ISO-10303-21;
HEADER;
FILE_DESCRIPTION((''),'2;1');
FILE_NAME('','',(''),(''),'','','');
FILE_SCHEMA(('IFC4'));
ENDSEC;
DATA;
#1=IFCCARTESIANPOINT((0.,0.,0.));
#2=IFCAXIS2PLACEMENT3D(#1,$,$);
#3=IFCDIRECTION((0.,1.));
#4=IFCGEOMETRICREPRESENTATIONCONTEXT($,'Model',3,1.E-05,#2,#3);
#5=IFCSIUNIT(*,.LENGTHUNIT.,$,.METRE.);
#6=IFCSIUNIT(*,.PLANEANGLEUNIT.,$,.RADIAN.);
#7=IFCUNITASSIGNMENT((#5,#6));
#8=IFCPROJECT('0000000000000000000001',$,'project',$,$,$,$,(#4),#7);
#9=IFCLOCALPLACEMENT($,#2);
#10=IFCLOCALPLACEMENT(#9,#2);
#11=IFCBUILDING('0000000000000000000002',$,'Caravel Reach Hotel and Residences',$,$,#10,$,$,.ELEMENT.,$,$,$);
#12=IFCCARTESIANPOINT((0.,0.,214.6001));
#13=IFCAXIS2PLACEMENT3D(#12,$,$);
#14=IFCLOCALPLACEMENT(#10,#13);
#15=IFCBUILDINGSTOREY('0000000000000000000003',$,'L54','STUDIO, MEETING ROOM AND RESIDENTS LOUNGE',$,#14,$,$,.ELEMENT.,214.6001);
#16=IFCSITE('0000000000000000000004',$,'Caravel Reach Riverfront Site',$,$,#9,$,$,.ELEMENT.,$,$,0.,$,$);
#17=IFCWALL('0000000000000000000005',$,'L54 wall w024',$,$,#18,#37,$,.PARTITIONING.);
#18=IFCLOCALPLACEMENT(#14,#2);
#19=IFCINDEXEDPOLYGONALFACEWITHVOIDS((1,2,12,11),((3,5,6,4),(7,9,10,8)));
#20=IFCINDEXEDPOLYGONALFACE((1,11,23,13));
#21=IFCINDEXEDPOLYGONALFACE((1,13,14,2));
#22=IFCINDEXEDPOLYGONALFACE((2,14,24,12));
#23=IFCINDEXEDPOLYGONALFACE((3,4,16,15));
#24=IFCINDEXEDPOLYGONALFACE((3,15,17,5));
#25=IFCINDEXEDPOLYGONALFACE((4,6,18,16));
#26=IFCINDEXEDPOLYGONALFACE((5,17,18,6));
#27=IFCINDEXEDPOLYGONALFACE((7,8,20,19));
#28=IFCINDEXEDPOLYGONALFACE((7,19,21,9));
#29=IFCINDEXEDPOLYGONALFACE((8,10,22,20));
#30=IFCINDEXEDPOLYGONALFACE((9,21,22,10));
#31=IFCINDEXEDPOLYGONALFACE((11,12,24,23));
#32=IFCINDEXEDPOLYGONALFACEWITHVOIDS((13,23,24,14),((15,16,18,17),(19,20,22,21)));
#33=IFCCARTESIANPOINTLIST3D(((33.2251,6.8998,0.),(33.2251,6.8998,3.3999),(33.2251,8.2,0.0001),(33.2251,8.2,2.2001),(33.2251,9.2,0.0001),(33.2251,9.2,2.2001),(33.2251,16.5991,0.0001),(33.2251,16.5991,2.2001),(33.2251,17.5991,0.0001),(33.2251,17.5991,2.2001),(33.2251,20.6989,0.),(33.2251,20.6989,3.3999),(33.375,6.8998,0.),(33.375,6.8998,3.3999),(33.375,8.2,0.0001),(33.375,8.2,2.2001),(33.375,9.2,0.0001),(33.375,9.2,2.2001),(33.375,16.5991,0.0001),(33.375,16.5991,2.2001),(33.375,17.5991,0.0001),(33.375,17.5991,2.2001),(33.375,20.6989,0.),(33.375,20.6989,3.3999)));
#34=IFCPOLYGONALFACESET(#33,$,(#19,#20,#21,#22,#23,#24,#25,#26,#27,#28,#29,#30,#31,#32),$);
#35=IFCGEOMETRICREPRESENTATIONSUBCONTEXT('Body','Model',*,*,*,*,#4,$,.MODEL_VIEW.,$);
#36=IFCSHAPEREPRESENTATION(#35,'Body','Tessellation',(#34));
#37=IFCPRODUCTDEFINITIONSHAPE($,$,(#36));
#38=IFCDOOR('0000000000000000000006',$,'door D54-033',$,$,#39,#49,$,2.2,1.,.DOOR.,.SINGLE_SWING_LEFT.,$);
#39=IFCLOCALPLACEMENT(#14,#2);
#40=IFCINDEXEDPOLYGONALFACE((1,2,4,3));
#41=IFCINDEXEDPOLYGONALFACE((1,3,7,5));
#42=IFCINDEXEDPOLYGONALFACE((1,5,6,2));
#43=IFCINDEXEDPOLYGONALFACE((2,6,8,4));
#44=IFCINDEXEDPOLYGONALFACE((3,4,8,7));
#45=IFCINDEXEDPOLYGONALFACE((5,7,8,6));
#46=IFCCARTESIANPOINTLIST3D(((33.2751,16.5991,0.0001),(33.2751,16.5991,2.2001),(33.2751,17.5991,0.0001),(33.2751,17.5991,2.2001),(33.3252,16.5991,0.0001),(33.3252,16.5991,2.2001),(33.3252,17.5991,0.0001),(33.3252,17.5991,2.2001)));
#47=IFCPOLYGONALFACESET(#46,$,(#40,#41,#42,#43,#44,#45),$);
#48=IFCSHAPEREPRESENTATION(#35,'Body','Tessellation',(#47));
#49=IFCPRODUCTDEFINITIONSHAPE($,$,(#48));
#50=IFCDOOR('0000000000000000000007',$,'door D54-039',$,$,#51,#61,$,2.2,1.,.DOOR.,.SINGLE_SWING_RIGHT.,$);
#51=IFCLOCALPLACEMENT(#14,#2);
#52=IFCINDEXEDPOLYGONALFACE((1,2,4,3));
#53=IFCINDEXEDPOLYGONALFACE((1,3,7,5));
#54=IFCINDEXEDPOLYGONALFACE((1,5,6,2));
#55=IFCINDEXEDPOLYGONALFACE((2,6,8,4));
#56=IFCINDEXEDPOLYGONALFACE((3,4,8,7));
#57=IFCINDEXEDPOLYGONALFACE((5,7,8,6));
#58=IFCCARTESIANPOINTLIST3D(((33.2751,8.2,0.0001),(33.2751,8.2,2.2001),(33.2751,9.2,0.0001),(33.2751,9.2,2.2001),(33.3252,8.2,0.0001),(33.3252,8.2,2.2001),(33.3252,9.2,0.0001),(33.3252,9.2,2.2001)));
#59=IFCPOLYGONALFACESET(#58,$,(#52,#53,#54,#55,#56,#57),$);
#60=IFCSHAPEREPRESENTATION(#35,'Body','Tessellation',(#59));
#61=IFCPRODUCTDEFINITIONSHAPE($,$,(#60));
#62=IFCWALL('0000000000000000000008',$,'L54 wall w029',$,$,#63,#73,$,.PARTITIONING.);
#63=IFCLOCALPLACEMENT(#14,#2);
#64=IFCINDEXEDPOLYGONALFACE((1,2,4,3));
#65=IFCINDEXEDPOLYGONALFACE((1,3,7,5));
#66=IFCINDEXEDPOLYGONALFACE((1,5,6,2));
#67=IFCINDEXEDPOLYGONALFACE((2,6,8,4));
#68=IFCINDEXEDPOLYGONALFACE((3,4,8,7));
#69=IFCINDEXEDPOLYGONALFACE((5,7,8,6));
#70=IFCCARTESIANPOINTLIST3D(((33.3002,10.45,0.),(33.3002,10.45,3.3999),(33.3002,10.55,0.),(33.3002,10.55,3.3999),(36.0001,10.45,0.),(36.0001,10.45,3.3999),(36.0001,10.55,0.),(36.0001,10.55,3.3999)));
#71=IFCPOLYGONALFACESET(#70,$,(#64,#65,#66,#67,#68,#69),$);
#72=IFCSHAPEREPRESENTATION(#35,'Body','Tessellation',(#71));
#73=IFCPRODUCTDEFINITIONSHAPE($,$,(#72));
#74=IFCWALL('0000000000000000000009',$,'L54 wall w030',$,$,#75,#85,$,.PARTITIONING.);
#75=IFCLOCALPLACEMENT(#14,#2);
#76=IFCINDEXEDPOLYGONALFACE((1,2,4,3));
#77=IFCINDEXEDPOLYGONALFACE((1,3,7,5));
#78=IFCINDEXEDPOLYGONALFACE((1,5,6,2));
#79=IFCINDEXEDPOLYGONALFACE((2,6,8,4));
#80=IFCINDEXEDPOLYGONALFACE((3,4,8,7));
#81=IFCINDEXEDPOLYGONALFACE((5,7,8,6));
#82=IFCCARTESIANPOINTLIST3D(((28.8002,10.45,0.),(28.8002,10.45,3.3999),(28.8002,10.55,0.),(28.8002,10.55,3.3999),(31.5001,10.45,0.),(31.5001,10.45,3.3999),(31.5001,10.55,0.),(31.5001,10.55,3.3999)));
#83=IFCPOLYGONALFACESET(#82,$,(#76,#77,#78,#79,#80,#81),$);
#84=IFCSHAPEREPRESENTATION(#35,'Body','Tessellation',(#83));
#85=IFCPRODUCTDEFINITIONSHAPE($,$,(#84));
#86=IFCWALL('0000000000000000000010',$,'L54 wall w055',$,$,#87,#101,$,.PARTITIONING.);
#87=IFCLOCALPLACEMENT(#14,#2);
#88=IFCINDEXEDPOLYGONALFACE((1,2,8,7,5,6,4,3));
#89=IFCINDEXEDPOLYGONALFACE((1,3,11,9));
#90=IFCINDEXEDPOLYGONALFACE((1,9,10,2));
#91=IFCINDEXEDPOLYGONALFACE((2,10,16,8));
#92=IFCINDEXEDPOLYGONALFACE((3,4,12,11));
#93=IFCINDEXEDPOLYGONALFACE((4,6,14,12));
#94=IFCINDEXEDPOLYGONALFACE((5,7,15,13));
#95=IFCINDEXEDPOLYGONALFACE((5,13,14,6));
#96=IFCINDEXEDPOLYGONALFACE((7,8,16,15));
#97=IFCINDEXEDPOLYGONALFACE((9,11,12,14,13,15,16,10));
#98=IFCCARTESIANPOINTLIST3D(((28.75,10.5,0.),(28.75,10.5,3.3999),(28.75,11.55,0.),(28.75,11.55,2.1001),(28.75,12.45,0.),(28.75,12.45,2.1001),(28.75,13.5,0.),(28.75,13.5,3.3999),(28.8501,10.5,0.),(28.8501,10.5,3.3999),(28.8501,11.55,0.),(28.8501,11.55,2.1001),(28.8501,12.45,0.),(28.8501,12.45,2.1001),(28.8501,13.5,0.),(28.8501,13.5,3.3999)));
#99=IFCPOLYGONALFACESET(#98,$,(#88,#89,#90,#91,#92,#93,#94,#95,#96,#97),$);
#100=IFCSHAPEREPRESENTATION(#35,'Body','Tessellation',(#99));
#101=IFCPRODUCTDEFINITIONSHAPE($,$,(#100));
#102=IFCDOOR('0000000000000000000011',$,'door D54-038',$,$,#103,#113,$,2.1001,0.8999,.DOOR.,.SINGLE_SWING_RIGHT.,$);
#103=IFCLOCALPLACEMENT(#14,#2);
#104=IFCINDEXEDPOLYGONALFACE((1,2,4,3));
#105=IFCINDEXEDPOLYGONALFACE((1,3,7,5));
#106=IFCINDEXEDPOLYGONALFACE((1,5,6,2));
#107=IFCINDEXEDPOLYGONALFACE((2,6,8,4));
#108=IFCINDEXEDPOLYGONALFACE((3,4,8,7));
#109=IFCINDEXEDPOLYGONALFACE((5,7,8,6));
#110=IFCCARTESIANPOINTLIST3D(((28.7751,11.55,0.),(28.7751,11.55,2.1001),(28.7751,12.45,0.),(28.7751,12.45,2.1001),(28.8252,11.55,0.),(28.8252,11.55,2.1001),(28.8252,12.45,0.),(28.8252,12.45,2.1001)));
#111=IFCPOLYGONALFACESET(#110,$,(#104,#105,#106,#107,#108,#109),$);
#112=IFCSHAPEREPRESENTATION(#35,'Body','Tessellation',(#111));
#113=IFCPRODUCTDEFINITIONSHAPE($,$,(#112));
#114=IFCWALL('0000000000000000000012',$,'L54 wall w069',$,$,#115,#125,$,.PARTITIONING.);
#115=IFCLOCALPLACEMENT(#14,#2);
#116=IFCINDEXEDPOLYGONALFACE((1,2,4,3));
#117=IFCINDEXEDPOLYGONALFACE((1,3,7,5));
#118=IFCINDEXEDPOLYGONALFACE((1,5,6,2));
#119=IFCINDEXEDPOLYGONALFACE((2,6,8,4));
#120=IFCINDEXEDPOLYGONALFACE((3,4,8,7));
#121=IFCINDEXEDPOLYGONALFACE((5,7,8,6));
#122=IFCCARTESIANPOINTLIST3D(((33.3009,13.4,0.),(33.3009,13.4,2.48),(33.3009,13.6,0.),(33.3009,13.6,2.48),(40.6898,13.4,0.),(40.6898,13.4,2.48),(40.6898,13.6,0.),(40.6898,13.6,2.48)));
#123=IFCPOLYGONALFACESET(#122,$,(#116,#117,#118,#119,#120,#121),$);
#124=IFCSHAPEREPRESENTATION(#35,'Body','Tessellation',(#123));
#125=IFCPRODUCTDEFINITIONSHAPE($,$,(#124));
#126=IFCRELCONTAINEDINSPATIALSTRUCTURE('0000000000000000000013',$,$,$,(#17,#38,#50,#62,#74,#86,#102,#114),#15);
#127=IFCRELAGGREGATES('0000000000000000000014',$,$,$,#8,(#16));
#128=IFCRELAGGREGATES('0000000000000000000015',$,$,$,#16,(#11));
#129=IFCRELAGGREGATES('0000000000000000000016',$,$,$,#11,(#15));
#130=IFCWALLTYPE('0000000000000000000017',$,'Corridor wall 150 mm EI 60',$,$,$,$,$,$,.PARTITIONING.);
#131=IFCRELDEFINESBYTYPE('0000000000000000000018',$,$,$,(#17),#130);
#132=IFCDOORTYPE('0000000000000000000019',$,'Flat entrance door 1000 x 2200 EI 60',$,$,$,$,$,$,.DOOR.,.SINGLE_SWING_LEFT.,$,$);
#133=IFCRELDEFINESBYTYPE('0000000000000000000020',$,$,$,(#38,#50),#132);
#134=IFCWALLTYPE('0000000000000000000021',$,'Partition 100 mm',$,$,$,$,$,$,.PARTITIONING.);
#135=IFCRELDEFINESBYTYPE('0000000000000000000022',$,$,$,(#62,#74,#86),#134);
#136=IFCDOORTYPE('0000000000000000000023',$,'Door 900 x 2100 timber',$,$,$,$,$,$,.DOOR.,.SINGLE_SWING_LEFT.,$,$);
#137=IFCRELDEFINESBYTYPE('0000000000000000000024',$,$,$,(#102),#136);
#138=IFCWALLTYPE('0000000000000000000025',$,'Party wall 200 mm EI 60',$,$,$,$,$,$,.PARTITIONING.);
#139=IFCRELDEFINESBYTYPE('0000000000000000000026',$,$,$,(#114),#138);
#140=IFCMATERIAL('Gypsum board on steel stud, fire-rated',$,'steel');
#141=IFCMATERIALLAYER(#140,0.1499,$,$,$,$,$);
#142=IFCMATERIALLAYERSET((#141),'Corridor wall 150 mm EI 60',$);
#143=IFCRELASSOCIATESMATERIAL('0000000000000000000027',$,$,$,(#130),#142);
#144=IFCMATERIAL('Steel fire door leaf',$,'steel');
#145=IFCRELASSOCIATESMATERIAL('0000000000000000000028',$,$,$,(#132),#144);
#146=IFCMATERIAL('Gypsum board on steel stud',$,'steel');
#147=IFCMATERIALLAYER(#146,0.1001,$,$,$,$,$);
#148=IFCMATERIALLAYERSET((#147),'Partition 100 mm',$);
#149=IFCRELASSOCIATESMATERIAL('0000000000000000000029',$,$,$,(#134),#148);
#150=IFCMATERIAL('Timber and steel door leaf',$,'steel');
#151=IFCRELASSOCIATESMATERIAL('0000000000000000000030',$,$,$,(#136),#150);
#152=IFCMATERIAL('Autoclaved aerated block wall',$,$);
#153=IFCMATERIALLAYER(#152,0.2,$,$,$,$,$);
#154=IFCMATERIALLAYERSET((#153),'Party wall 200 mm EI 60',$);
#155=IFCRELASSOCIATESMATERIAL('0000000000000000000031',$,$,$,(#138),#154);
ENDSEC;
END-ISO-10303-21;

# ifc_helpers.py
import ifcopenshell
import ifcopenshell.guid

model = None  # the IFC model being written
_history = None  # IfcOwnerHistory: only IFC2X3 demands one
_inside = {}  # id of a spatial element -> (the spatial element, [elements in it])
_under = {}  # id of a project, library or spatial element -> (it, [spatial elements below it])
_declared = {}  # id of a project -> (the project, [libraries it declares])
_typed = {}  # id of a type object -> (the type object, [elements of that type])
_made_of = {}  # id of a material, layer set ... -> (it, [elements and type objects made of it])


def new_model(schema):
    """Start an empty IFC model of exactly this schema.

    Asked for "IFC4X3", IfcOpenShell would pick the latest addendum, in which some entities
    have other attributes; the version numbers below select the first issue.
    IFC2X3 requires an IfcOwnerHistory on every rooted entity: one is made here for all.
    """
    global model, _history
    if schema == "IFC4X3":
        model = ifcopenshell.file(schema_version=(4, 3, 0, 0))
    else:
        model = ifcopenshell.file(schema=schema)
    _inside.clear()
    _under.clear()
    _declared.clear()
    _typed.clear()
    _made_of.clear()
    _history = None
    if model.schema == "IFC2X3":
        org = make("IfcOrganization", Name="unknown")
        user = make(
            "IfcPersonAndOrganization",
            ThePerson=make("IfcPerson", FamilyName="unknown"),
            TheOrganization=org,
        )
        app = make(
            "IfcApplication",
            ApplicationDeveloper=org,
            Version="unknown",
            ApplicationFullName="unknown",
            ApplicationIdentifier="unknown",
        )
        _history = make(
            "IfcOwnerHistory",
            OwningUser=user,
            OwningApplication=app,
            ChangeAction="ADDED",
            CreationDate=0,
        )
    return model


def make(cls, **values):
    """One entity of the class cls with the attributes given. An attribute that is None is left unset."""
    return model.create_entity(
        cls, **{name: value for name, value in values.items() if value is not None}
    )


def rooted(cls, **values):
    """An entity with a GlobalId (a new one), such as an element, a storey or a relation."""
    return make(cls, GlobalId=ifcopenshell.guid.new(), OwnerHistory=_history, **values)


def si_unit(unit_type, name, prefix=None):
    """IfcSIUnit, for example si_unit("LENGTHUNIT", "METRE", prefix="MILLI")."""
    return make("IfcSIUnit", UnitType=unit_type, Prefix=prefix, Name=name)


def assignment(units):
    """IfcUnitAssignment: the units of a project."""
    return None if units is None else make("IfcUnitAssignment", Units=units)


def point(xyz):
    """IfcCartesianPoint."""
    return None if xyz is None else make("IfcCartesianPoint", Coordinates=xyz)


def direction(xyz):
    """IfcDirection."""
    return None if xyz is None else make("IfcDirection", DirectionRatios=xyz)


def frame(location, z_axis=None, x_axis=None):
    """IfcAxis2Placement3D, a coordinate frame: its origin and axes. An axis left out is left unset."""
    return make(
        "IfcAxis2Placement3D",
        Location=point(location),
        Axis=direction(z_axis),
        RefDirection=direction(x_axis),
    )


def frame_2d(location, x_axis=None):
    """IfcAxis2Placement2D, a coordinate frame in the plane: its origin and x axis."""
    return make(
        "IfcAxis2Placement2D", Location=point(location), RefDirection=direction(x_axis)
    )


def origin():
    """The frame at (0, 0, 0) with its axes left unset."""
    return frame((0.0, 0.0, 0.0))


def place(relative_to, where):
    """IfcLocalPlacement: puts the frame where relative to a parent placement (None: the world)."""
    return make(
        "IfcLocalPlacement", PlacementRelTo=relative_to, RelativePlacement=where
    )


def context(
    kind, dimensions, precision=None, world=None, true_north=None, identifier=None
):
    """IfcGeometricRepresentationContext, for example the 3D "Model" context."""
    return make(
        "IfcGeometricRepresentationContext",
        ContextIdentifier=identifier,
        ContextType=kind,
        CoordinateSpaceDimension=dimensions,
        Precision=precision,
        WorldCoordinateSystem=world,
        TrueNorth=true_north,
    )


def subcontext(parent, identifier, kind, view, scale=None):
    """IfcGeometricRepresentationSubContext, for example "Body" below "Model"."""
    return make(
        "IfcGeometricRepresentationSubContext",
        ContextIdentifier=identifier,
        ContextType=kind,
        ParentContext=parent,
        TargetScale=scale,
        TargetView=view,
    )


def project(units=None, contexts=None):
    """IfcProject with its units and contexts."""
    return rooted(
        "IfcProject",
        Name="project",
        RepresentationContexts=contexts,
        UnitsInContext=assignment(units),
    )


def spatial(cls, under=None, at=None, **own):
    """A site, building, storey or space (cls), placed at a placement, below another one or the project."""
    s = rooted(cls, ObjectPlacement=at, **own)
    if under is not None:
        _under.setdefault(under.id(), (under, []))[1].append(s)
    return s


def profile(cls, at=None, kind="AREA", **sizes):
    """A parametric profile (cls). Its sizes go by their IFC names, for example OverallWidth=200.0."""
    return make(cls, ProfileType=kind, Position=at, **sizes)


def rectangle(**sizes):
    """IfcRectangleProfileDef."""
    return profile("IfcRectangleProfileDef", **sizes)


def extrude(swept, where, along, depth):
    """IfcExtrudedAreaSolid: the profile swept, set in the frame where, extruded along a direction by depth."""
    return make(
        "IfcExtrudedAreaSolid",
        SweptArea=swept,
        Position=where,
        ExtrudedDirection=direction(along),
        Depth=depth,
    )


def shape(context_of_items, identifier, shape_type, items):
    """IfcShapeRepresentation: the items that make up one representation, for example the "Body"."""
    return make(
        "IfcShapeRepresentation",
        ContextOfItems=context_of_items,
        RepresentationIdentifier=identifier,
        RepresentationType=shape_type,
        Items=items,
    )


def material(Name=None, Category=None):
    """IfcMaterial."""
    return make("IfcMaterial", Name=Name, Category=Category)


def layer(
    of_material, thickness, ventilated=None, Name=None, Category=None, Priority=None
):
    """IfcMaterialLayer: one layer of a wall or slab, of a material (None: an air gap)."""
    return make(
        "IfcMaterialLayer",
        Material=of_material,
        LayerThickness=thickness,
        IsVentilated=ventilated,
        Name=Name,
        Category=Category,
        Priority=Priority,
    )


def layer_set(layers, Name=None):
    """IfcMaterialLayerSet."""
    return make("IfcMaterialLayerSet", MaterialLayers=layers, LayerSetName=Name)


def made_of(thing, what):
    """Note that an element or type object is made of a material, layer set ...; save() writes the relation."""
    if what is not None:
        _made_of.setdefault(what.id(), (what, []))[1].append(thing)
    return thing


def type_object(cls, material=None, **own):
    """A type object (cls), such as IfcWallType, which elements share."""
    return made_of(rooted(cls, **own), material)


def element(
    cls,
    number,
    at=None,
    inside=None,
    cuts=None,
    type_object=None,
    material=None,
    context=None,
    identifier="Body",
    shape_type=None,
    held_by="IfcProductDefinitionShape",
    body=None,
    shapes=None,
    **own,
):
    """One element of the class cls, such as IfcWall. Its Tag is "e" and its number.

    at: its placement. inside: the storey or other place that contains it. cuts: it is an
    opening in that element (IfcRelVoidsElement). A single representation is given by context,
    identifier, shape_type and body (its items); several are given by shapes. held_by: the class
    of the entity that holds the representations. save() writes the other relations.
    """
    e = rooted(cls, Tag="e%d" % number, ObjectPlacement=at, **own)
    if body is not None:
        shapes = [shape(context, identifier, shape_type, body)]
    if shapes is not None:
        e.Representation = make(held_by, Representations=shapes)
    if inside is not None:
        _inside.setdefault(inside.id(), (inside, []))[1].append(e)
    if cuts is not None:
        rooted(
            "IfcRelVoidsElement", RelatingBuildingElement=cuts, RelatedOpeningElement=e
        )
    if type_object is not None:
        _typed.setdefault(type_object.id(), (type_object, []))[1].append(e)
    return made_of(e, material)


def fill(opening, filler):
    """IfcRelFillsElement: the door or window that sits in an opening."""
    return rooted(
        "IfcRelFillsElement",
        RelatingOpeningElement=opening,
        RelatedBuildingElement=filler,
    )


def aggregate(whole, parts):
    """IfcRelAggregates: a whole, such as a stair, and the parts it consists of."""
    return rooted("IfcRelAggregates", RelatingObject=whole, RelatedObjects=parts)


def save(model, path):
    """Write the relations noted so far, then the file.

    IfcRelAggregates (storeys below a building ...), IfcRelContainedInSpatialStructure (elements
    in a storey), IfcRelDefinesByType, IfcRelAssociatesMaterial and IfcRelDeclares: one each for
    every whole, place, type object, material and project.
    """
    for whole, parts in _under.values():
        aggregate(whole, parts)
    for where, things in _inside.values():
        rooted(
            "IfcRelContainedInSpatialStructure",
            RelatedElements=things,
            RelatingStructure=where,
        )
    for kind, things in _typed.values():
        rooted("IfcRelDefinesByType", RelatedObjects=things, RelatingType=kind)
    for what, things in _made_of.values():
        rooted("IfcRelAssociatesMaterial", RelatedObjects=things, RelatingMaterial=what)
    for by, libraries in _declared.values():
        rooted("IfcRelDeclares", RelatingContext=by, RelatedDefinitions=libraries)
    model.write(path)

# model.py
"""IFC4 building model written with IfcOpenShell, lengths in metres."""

from ifc_helpers import new_model, si_unit, direction, frame, frame_2d, origin, place, context, subcontext, project, spatial, rectangle, extrude, material, layer, layer_set, type_object, element, fill, save


model = new_model("IFC4")

# Units and contexts
model_context = context("Model", 3, precision=1e-05, world=origin(), true_north=direction((0.0, 1.0)))
body_context = subcontext(model_context, "Body", "Model", "MODEL_VIEW")
ifc_project = project(units=[si_unit("LENGTHUNIT", "METRE"), si_unit("PLANEANGLEUNIT", "RADIAN")], contexts=[model_context])

# Site, building, storey
site_placement = place(None, origin())
site = spatial("IfcSite", under=ifc_project, at=site_placement, Name="Caravel Reach Riverfront Site", CompositionType="ELEMENT", RefElevation=0.0)
building_placement = place(site_placement, origin())
building = spatial("IfcBuilding", under=site, at=building_placement, Name="Caravel Reach Hotel and Residences", CompositionType="ELEMENT")
storey_placement = place(building_placement, frame((0.0, 0.0, 214.6001)))
storey = spatial("IfcBuildingStorey", under=building, at=storey_placement, Name="L54", Description="STUDIO, MEETING ROOM AND RESIDENTS LOUNGE", CompositionType="ELEMENT", Elevation=214.6001)

# Shared definitions
ifc_material_1 = material(Name="Gypsum board on steel stud, fire-rated", Category="steel")
ifc_layer_1 = layer(ifc_material_1, 0.1499)
ifc_layer_set_1 = layer_set([ifc_layer_1], Name="Corridor wall 150 mm EI 60")
wall_type_1 = type_object("IfcWallType", Name="Corridor wall 150 mm EI 60", PredefinedType="PARTITIONING", material=ifc_layer_set_1)
ifc_material_2 = material(Name="Steel fire door leaf", Category="steel")
door_type_1 = type_object("IfcDoorType", Name="Flat entrance door 1000 x 2200 EI 60", OperationType="SINGLE_SWING_LEFT", PredefinedType="DOOR", material=ifc_material_2)

# Wall, openings, doors
wall_1_placement = place(storey_placement, frame((33.3, 6.8999, 0.0), z_axis=(0.0, 0.0, 1.0), x_axis=(0.0, 1.0, 0.0)))
wall_1 = element("IfcWall", 1, at=wall_1_placement, inside=storey, type_object=wall_type_1, Name="L54 wall w024", PredefinedType="PARTITIONING", context=body_context, shape_type="SweptSolid", body=[
    extrude(rectangle(XDim=13.7991, YDim=0.1499, at=frame_2d((6.8994, 0.0))), origin(), (0.0, 0.0, 1.0), 3.3999),
])
opening_1_placement = place(wall_1_placement, frame((9.6992, 0.0, 0.0)))
opening_1 = element("IfcOpeningElement", 2, at=opening_1_placement, cuts=wall_1, PredefinedType="OPENING", context=body_context, shape_type="SweptSolid", body=[
    extrude(rectangle(XDim=1.0, YDim=2.2, at=frame_2d((0.5, 1.1001))), frame((0.0, 0.085, 0.0), z_axis=(0.0, -1.0, 0.0), x_axis=(1.0, 0.0, 0.0)), (0.0, 0.0, 1.0), 0.1699),
])
opening_2_placement = place(wall_1_placement, frame((1.3, 0.0, 0.0)))
opening_2 = element("IfcOpeningElement", 3, at=opening_2_placement, cuts=wall_1, PredefinedType="OPENING", context=body_context, shape_type="SweptSolid", body=[
    extrude(rectangle(XDim=1.0, YDim=2.2, at=frame_2d((0.5, 1.1001))), frame((0.0, 0.085, 0.0), z_axis=(0.0, -1.0, 0.0), x_axis=(1.0, 0.0, 0.0)), (0.0, 0.0, 1.0), 0.1699),
])
door_1_placement = place(opening_1_placement, origin())
door_1 = element("IfcDoor", 4, at=door_1_placement, inside=storey, type_object=door_type_1, Name="door D54-033", OperationType="SINGLE_SWING_LEFT", OverallHeight=2.2, OverallWidth=1.0, PredefinedType="DOOR", context=body_context, shape_type="SweptSolid", body=[
    extrude(rectangle(XDim=1.0, YDim=2.2, at=frame_2d((0.5, 1.1001))), frame((0.0, 0.0249, 0.0), z_axis=(0.0, -1.0, 0.0), x_axis=(1.0, 0.0, 0.0)), (0.0, 0.0, 1.0), 0.05),
])
fill(opening_1, door_1)
door_2_placement = place(opening_2_placement, origin())
door_2 = element("IfcDoor", 5, at=door_2_placement, inside=storey, type_object=door_type_1, Name="door D54-039", OperationType="SINGLE_SWING_RIGHT", OverallHeight=2.2, OverallWidth=1.0, PredefinedType="DOOR", context=body_context, shape_type="SweptSolid", body=[
    extrude(rectangle(XDim=1.0, YDim=2.2, at=frame_2d((0.5, 1.1001))), frame((0.0, 0.0249, 0.0), z_axis=(0.0, -1.0, 0.0), x_axis=(1.0, 0.0, 0.0)), (0.0, 0.0, 1.0), 0.05),
])
fill(opening_2, door_2)

# Walls
ifc_material_3 = material(Name="Gypsum board on steel stud", Category="steel")
ifc_layer_2 = layer(ifc_material_3, 0.1001)
ifc_layer_set_2 = layer_set([ifc_layer_2], Name="Partition 100 mm")
wall_type_2 = type_object("IfcWallType", Name="Partition 100 mm", PredefinedType="PARTITIONING", material=ifc_layer_set_2)
for number, where, z_axis, x_axis, name in (
    (6, (33.3, 10.5, 0.0), (0.0, 0.0, 1.0), (1.0, 0.0, 0.0), "L54 wall w029"),
    (7, (28.8, 10.5, 0.0), (0.0, 0.0, 1.0), (1.0, 0.0, 0.0), "L54 wall w030"),
):
    element("IfcWall", number, at=place(storey_placement, frame(where, z_axis=z_axis, x_axis=x_axis)), inside=storey, type_object=wall_type_2, Name=name, PredefinedType="PARTITIONING", context=body_context, shape_type="SweptSolid", body=[
        extrude(rectangle(XDim=2.7, YDim=0.1001, at=frame_2d((1.3501, 0.0))), origin(), (0.0, 0.0, 1.0), 3.3999),
    ])

# Wall, opening, door
wall_2_placement = place(storey_placement, frame((28.8, 10.5, 0.0), z_axis=(0.0, 0.0, 1.0), x_axis=(0.0, 1.0, 0.0)))
wall_2 = element("IfcWall", 8, at=wall_2_placement, inside=storey, type_object=wall_type_2, Name="L54 wall w055", PredefinedType="PARTITIONING", context=body_context, shape_type="SweptSolid", body=[
    extrude(rectangle(XDim=3.0, YDim=0.1001, at=frame_2d((1.5, 0.0))), origin(), (0.0, 0.0, 1.0), 3.3999),
])
opening_3_placement = place(wall_2_placement, frame((1.05, 0.0, 0.0)))
opening_3 = element("IfcOpeningElement", 9, at=opening_3_placement, cuts=wall_2, PredefinedType="OPENING", context=body_context, shape_type="SweptSolid", body=[
    extrude(rectangle(XDim=0.8999, YDim=2.1001, at=frame_2d((0.45, 1.05))), frame((0.0, 0.0601, 0.0), z_axis=(0.0, -1.0, 0.0), x_axis=(1.0, 0.0, 0.0)), (0.0, 0.0, 1.0), 0.1201),
])
ifc_material_4 = material(Name="Timber and steel door leaf", Category="steel")
door_type_2 = type_object("IfcDoorType", Name="Door 900 x 2100 timber", OperationType="SINGLE_SWING_LEFT", PredefinedType="DOOR", material=ifc_material_4)
door_3_placement = place(opening_3_placement, origin())
door_3 = element("IfcDoor", 10, at=door_3_placement, inside=storey, type_object=door_type_2, Name="door D54-038", OperationType="SINGLE_SWING_RIGHT", OverallHeight=2.1001, OverallWidth=0.8999, PredefinedType="DOOR", context=body_context, shape_type="SweptSolid", body=[
    extrude(rectangle(XDim=0.8999, YDim=2.1001, at=frame_2d((0.45, 1.05))), frame((0.0, 0.0249, 0.0), z_axis=(0.0, -1.0, 0.0), x_axis=(1.0, 0.0, 0.0)), (0.0, 0.0, 1.0), 0.05),
])
fill(opening_3, door_3)

# Wall
ifc_material_5 = material(Name="Autoclaved aerated block wall")
ifc_layer_3 = layer(ifc_material_5, 0.2)
ifc_layer_set_3 = layer_set([ifc_layer_3], Name="Party wall 200 mm EI 60")
wall_type_3 = type_object("IfcWallType", Name="Party wall 200 mm EI 60", PredefinedType="PARTITIONING", material=ifc_layer_set_3)
wall_3_placement = place(storey_placement, frame((33.301, 13.5, 0.0), z_axis=(0.0, 0.0, 1.0), x_axis=(1.0, 0.0, 0.0)))
element("IfcWall", 11, at=wall_3_placement, inside=storey, type_object=wall_type_3, Name="L54 wall w069", PredefinedType="PARTITIONING", context=body_context, shape_type="SweptSolid", body=[
    extrude(rectangle(XDim=7.3889, YDim=0.2, at=frame_2d((3.6943, 0.0))), origin(), (0.0, 0.0, 1.0), 2.48),
])

save(model, "model.ifc")
